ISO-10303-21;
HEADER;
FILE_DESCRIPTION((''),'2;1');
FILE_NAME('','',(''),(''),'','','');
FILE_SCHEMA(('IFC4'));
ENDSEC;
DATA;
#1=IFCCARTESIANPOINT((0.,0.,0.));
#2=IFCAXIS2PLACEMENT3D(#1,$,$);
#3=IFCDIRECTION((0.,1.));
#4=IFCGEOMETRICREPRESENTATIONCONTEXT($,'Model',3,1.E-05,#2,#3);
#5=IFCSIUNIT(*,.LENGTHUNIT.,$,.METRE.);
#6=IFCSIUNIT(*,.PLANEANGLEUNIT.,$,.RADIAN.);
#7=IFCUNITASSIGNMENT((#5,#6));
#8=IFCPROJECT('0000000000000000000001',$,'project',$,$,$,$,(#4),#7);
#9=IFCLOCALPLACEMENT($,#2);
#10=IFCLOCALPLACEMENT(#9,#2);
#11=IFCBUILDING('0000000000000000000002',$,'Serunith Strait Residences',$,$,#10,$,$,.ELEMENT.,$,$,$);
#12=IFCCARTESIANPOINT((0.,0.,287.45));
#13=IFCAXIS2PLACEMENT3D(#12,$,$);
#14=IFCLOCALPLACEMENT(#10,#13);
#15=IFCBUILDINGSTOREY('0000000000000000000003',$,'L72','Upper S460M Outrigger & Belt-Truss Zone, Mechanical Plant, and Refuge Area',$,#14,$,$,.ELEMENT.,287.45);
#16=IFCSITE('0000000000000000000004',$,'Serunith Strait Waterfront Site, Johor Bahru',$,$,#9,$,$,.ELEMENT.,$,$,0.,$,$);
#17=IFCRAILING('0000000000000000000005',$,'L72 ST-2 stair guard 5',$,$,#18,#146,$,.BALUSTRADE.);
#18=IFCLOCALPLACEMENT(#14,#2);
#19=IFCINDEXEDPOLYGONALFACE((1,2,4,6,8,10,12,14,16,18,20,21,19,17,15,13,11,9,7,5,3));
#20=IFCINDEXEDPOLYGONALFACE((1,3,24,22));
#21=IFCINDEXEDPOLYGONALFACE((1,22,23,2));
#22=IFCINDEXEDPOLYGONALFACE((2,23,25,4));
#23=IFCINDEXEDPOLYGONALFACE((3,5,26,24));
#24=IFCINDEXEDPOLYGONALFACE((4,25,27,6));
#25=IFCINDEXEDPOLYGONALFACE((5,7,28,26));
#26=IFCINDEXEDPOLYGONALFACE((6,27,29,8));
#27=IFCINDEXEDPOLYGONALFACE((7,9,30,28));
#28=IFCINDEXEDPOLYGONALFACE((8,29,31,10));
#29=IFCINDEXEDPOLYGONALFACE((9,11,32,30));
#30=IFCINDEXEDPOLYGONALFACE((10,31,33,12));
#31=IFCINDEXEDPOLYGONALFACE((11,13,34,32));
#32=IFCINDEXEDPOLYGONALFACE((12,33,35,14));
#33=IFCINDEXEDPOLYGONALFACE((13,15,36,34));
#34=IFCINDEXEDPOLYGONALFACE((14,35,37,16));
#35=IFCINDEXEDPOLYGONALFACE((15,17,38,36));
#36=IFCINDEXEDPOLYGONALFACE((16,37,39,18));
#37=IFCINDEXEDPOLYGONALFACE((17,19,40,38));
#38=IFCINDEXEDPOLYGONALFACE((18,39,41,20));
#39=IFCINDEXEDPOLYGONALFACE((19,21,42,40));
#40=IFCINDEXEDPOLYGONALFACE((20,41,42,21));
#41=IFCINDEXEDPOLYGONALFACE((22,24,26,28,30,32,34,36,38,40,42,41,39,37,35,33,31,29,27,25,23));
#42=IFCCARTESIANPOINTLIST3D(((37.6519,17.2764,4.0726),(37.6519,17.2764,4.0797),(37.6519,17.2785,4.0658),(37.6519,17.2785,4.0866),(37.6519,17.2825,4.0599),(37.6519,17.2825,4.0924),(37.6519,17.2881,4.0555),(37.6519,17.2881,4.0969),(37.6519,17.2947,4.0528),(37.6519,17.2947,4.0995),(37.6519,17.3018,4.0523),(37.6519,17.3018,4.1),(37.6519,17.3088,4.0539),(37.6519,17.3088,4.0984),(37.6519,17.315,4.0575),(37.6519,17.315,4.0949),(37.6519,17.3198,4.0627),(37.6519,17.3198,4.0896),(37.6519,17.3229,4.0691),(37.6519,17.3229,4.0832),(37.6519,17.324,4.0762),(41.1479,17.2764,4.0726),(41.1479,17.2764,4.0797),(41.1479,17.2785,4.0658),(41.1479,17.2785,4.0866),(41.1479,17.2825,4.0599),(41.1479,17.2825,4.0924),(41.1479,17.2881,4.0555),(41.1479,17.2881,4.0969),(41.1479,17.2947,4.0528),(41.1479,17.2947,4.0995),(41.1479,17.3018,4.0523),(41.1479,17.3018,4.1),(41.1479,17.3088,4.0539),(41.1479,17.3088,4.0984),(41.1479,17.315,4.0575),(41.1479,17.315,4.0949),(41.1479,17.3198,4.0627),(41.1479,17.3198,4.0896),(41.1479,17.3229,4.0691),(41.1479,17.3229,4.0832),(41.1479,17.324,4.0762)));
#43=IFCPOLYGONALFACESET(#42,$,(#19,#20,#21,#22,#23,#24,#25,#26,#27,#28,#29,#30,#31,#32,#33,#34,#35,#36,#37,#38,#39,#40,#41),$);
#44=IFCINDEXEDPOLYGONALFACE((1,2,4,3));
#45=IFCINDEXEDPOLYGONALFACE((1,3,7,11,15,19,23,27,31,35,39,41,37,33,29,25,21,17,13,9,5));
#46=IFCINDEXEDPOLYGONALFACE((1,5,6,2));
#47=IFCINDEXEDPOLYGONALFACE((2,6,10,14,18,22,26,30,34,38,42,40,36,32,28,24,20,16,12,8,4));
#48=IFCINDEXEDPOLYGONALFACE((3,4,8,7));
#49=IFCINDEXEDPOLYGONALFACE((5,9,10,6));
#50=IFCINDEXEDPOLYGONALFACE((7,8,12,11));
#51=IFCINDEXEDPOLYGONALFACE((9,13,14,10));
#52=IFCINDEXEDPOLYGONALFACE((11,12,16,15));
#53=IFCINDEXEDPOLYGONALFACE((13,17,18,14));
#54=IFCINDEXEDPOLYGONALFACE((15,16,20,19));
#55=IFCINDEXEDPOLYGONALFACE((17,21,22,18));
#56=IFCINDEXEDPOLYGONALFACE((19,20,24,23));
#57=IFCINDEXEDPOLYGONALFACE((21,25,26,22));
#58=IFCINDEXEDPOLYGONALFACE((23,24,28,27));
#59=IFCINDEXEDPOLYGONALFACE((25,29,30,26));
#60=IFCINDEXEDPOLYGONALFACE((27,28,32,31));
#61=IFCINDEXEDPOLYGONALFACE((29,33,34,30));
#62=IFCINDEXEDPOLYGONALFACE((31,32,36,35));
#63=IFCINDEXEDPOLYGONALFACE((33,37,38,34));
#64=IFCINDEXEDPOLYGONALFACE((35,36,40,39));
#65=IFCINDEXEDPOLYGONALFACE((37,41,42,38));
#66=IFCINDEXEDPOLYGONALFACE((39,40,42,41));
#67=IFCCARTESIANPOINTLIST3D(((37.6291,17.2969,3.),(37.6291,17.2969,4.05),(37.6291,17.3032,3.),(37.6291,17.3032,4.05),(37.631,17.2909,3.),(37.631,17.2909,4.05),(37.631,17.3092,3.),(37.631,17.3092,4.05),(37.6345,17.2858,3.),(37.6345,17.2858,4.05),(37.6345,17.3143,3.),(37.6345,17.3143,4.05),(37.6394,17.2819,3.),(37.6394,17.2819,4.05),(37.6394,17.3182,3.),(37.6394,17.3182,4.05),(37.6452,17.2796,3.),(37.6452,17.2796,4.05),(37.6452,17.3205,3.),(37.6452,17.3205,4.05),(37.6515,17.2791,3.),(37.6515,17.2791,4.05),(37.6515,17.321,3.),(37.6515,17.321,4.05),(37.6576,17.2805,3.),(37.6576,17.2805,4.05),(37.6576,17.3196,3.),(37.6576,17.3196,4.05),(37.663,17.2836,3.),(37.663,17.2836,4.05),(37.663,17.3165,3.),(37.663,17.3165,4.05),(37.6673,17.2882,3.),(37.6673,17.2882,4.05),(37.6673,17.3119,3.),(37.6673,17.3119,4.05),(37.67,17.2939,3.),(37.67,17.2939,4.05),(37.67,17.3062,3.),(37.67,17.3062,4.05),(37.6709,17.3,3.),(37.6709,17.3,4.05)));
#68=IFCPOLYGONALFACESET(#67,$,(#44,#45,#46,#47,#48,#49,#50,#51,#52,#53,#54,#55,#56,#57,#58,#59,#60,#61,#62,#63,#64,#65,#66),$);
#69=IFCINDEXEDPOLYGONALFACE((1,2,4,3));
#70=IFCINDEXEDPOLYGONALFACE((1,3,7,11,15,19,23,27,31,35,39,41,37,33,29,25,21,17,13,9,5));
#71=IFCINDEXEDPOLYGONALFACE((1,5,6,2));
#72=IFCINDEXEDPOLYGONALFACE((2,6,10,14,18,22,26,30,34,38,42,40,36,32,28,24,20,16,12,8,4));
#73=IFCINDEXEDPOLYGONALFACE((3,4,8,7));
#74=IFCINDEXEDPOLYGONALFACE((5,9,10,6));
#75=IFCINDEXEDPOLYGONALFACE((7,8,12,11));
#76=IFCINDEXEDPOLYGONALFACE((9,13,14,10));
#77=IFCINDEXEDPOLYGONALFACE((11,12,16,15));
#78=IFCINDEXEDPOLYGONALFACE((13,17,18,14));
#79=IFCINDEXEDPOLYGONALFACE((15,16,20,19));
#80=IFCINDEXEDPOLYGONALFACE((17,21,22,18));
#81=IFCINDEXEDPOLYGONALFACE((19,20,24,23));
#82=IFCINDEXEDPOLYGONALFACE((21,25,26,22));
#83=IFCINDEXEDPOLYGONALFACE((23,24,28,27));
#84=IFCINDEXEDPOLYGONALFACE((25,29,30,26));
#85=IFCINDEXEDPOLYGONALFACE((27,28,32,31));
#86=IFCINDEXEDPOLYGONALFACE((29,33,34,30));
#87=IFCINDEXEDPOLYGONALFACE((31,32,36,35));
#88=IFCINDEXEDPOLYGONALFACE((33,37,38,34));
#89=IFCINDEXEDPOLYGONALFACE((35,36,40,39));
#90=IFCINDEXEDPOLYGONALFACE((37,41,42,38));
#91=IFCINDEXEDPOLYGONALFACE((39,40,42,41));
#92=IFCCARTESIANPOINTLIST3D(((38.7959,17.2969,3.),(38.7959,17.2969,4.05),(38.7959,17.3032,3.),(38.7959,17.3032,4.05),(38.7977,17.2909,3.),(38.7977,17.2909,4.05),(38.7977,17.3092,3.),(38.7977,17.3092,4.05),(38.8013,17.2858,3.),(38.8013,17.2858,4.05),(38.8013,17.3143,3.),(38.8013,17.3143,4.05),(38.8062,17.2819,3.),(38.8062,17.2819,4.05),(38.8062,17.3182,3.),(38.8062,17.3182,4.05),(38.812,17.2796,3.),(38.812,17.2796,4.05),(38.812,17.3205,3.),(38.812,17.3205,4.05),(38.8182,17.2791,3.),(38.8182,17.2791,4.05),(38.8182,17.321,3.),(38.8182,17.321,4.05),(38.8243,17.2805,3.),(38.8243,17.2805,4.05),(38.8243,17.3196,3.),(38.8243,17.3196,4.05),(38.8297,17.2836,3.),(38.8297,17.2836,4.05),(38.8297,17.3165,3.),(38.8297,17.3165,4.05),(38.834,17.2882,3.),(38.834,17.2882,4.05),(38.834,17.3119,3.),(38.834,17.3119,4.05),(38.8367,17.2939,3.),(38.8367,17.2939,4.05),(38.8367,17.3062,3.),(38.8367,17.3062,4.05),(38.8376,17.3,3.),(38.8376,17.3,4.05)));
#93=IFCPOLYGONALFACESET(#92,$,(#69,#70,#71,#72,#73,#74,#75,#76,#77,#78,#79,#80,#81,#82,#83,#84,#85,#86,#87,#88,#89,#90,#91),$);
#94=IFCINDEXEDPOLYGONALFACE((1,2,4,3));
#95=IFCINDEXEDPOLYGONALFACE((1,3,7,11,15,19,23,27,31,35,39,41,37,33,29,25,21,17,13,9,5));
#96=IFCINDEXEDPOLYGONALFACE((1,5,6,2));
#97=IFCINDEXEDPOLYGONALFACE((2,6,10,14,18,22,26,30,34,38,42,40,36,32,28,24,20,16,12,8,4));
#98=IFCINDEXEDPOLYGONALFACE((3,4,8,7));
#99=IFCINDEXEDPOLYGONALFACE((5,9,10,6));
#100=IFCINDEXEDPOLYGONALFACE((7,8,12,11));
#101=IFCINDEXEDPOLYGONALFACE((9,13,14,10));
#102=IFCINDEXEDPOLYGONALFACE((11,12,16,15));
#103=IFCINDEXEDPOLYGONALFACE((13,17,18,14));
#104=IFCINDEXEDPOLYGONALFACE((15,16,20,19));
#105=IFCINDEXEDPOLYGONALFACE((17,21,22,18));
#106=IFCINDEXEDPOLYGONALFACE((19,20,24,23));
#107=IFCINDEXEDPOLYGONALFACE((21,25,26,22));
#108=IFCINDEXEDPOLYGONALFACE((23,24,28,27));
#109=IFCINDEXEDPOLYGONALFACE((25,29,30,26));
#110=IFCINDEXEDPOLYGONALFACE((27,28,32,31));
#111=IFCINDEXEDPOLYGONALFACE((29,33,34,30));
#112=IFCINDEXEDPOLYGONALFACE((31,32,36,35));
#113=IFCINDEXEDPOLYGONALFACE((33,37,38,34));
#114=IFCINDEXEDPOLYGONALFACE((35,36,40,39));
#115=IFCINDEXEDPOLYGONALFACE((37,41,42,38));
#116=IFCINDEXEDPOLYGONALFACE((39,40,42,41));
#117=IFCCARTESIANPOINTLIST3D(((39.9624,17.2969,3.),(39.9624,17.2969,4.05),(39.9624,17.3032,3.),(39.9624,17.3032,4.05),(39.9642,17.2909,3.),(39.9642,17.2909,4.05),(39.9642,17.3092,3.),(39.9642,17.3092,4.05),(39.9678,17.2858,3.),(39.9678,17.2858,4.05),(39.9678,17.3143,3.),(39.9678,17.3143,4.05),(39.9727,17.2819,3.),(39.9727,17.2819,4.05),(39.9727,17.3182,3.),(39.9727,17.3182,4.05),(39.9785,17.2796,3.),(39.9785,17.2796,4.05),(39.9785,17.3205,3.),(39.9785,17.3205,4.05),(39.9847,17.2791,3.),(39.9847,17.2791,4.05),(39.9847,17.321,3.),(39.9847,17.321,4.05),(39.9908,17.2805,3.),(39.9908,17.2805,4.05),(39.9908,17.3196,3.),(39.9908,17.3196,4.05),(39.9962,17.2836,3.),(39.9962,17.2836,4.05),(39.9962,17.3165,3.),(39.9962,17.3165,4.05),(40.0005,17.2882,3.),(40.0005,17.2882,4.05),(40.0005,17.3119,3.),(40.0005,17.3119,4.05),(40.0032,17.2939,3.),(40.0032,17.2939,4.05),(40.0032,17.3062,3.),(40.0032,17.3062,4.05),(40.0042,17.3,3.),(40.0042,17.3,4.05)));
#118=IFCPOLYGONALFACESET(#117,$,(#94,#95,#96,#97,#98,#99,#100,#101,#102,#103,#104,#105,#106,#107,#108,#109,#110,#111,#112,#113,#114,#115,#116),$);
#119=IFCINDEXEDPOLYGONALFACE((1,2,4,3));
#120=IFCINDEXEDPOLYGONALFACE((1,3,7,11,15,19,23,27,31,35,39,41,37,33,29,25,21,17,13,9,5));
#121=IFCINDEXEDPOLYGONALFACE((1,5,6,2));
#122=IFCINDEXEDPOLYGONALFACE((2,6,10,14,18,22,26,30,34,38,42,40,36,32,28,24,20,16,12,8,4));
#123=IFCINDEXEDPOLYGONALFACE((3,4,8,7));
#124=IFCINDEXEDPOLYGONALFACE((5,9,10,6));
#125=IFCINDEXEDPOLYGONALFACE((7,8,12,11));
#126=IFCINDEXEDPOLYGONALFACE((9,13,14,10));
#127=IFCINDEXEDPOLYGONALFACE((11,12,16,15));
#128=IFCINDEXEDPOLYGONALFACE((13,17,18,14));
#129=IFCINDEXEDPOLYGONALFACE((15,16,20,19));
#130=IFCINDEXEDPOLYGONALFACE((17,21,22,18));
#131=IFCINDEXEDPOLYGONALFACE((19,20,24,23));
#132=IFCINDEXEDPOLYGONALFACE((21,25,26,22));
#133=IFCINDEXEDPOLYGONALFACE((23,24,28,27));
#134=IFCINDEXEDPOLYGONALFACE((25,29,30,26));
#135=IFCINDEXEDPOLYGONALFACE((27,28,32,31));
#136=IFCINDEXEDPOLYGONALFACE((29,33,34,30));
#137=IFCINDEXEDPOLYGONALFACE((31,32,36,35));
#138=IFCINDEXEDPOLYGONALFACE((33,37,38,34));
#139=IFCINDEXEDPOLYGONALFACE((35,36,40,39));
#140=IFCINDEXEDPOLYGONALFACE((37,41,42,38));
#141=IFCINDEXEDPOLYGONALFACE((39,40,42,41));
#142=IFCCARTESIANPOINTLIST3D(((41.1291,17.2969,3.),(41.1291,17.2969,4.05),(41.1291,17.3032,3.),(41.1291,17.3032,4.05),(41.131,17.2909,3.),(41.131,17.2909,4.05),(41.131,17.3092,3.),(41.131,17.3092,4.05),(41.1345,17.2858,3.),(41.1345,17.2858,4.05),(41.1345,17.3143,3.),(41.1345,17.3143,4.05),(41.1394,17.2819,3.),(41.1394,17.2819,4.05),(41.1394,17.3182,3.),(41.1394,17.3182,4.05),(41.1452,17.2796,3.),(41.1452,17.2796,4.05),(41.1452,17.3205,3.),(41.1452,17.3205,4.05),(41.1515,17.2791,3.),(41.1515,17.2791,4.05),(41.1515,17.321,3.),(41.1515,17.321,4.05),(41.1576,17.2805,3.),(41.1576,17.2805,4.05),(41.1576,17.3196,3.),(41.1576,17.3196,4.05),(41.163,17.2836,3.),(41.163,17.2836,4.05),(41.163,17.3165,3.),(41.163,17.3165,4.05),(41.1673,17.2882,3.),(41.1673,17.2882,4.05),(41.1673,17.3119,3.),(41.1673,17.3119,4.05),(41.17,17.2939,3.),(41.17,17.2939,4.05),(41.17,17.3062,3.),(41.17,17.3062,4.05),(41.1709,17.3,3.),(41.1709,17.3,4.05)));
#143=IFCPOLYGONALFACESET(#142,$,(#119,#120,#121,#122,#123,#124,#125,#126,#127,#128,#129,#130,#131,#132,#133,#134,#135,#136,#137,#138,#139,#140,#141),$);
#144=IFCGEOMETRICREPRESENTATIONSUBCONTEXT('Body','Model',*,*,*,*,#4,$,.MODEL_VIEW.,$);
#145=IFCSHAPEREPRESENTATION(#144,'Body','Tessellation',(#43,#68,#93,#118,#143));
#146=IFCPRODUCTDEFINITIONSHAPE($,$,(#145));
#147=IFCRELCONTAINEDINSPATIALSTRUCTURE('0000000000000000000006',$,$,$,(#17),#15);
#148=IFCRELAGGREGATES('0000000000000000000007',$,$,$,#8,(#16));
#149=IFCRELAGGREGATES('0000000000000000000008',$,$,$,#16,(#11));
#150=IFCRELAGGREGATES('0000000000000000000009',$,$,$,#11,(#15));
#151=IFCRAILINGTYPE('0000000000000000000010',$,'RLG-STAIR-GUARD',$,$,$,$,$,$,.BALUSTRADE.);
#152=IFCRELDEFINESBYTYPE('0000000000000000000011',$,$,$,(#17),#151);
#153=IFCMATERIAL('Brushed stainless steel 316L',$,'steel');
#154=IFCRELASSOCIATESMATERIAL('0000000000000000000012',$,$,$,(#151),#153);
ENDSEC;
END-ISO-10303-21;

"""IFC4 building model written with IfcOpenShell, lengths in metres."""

from ifc_helpers import new_model, si_unit, direction, frame, origin, origin_2d, place, context, subcontext, project, spatial, circle, extrude, material, type_object, element, save


model = new_model("IFC4")

# Units and contexts
model_context = context("Model", 3, precision=1e-05, world=origin(), true_north=direction((0.0, 1.0)))
body_context = subcontext(model_context, "Body", "Model", "MODEL_VIEW")
ifc_project = project(units=[si_unit("LENGTHUNIT", "METRE"), si_unit("PLANEANGLEUNIT", "RADIAN")], contexts=[model_context])

# Site, building, storey
site_placement = place(None, origin())
site = spatial("IfcSite", under=ifc_project, at=site_placement, Name="Serunith Strait Waterfront Site, Johor Bahru", CompositionType="ELEMENT", RefElevation=0.0)
building_placement = place(site_placement, origin())
building = spatial("IfcBuilding", under=site, at=building_placement, Name="Serunith Strait Residences", CompositionType="ELEMENT")
storey_placement = place(building_placement, frame((0.0, 0.0, 287.45)))
storey = spatial("IfcBuildingStorey", under=building, at=storey_placement, Name="L72", Description="Upper S460M Outrigger & Belt-Truss Zone, Mechanical Plant, and Refuge Area", CompositionType="ELEMENT", Elevation=287.45)

# Railing
ifc_material_1 = material(Name="Brushed stainless steel 316L", Category="steel")
railing_type_1 = type_object("IfcRailingType", Name="RLG-STAIR-GUARD", PredefinedType="BALUSTRADE", material=ifc_material_1)
railing_1_placement = place(storey_placement, frame((37.6499, 17.3, 3.0)))
element("IfcRailing", 1, at=railing_1_placement, inside=storey, type_object=railing_type_1, Name="L72 ST-2 stair guard 5", PredefinedType="BALUSTRADE", context=body_context, shape_type="SweptSolid", body=[
    extrude(circle(Radius=0.0239, at=origin_2d()), frame((0.002, 0.0, 1.0762), z_axis=(1.0, 0.0, 0.0), x_axis=(0.0, 1.0, 0.0)), (0.0, 0.0, 1.0), 3.4961),
    extrude(circle(Radius=0.021, at=origin_2d()), origin(), (0.0, 0.0, 1.0), 1.05),
    extrude(circle(Radius=0.021, at=origin_2d()), frame((1.1667, 0.0, 0.0)), (0.0, 0.0, 1.0), 1.05),
    extrude(circle(Radius=0.021, at=origin_2d()), frame((2.3333, 0.0, 0.0)), (0.0, 0.0, 1.0), 1.05),
    extrude(circle(Radius=0.021, at=origin_2d()), frame((3.5, 0.0, 0.0)), (0.0, 0.0, 1.0), 1.05),
])

save(model, "model.ifc")
